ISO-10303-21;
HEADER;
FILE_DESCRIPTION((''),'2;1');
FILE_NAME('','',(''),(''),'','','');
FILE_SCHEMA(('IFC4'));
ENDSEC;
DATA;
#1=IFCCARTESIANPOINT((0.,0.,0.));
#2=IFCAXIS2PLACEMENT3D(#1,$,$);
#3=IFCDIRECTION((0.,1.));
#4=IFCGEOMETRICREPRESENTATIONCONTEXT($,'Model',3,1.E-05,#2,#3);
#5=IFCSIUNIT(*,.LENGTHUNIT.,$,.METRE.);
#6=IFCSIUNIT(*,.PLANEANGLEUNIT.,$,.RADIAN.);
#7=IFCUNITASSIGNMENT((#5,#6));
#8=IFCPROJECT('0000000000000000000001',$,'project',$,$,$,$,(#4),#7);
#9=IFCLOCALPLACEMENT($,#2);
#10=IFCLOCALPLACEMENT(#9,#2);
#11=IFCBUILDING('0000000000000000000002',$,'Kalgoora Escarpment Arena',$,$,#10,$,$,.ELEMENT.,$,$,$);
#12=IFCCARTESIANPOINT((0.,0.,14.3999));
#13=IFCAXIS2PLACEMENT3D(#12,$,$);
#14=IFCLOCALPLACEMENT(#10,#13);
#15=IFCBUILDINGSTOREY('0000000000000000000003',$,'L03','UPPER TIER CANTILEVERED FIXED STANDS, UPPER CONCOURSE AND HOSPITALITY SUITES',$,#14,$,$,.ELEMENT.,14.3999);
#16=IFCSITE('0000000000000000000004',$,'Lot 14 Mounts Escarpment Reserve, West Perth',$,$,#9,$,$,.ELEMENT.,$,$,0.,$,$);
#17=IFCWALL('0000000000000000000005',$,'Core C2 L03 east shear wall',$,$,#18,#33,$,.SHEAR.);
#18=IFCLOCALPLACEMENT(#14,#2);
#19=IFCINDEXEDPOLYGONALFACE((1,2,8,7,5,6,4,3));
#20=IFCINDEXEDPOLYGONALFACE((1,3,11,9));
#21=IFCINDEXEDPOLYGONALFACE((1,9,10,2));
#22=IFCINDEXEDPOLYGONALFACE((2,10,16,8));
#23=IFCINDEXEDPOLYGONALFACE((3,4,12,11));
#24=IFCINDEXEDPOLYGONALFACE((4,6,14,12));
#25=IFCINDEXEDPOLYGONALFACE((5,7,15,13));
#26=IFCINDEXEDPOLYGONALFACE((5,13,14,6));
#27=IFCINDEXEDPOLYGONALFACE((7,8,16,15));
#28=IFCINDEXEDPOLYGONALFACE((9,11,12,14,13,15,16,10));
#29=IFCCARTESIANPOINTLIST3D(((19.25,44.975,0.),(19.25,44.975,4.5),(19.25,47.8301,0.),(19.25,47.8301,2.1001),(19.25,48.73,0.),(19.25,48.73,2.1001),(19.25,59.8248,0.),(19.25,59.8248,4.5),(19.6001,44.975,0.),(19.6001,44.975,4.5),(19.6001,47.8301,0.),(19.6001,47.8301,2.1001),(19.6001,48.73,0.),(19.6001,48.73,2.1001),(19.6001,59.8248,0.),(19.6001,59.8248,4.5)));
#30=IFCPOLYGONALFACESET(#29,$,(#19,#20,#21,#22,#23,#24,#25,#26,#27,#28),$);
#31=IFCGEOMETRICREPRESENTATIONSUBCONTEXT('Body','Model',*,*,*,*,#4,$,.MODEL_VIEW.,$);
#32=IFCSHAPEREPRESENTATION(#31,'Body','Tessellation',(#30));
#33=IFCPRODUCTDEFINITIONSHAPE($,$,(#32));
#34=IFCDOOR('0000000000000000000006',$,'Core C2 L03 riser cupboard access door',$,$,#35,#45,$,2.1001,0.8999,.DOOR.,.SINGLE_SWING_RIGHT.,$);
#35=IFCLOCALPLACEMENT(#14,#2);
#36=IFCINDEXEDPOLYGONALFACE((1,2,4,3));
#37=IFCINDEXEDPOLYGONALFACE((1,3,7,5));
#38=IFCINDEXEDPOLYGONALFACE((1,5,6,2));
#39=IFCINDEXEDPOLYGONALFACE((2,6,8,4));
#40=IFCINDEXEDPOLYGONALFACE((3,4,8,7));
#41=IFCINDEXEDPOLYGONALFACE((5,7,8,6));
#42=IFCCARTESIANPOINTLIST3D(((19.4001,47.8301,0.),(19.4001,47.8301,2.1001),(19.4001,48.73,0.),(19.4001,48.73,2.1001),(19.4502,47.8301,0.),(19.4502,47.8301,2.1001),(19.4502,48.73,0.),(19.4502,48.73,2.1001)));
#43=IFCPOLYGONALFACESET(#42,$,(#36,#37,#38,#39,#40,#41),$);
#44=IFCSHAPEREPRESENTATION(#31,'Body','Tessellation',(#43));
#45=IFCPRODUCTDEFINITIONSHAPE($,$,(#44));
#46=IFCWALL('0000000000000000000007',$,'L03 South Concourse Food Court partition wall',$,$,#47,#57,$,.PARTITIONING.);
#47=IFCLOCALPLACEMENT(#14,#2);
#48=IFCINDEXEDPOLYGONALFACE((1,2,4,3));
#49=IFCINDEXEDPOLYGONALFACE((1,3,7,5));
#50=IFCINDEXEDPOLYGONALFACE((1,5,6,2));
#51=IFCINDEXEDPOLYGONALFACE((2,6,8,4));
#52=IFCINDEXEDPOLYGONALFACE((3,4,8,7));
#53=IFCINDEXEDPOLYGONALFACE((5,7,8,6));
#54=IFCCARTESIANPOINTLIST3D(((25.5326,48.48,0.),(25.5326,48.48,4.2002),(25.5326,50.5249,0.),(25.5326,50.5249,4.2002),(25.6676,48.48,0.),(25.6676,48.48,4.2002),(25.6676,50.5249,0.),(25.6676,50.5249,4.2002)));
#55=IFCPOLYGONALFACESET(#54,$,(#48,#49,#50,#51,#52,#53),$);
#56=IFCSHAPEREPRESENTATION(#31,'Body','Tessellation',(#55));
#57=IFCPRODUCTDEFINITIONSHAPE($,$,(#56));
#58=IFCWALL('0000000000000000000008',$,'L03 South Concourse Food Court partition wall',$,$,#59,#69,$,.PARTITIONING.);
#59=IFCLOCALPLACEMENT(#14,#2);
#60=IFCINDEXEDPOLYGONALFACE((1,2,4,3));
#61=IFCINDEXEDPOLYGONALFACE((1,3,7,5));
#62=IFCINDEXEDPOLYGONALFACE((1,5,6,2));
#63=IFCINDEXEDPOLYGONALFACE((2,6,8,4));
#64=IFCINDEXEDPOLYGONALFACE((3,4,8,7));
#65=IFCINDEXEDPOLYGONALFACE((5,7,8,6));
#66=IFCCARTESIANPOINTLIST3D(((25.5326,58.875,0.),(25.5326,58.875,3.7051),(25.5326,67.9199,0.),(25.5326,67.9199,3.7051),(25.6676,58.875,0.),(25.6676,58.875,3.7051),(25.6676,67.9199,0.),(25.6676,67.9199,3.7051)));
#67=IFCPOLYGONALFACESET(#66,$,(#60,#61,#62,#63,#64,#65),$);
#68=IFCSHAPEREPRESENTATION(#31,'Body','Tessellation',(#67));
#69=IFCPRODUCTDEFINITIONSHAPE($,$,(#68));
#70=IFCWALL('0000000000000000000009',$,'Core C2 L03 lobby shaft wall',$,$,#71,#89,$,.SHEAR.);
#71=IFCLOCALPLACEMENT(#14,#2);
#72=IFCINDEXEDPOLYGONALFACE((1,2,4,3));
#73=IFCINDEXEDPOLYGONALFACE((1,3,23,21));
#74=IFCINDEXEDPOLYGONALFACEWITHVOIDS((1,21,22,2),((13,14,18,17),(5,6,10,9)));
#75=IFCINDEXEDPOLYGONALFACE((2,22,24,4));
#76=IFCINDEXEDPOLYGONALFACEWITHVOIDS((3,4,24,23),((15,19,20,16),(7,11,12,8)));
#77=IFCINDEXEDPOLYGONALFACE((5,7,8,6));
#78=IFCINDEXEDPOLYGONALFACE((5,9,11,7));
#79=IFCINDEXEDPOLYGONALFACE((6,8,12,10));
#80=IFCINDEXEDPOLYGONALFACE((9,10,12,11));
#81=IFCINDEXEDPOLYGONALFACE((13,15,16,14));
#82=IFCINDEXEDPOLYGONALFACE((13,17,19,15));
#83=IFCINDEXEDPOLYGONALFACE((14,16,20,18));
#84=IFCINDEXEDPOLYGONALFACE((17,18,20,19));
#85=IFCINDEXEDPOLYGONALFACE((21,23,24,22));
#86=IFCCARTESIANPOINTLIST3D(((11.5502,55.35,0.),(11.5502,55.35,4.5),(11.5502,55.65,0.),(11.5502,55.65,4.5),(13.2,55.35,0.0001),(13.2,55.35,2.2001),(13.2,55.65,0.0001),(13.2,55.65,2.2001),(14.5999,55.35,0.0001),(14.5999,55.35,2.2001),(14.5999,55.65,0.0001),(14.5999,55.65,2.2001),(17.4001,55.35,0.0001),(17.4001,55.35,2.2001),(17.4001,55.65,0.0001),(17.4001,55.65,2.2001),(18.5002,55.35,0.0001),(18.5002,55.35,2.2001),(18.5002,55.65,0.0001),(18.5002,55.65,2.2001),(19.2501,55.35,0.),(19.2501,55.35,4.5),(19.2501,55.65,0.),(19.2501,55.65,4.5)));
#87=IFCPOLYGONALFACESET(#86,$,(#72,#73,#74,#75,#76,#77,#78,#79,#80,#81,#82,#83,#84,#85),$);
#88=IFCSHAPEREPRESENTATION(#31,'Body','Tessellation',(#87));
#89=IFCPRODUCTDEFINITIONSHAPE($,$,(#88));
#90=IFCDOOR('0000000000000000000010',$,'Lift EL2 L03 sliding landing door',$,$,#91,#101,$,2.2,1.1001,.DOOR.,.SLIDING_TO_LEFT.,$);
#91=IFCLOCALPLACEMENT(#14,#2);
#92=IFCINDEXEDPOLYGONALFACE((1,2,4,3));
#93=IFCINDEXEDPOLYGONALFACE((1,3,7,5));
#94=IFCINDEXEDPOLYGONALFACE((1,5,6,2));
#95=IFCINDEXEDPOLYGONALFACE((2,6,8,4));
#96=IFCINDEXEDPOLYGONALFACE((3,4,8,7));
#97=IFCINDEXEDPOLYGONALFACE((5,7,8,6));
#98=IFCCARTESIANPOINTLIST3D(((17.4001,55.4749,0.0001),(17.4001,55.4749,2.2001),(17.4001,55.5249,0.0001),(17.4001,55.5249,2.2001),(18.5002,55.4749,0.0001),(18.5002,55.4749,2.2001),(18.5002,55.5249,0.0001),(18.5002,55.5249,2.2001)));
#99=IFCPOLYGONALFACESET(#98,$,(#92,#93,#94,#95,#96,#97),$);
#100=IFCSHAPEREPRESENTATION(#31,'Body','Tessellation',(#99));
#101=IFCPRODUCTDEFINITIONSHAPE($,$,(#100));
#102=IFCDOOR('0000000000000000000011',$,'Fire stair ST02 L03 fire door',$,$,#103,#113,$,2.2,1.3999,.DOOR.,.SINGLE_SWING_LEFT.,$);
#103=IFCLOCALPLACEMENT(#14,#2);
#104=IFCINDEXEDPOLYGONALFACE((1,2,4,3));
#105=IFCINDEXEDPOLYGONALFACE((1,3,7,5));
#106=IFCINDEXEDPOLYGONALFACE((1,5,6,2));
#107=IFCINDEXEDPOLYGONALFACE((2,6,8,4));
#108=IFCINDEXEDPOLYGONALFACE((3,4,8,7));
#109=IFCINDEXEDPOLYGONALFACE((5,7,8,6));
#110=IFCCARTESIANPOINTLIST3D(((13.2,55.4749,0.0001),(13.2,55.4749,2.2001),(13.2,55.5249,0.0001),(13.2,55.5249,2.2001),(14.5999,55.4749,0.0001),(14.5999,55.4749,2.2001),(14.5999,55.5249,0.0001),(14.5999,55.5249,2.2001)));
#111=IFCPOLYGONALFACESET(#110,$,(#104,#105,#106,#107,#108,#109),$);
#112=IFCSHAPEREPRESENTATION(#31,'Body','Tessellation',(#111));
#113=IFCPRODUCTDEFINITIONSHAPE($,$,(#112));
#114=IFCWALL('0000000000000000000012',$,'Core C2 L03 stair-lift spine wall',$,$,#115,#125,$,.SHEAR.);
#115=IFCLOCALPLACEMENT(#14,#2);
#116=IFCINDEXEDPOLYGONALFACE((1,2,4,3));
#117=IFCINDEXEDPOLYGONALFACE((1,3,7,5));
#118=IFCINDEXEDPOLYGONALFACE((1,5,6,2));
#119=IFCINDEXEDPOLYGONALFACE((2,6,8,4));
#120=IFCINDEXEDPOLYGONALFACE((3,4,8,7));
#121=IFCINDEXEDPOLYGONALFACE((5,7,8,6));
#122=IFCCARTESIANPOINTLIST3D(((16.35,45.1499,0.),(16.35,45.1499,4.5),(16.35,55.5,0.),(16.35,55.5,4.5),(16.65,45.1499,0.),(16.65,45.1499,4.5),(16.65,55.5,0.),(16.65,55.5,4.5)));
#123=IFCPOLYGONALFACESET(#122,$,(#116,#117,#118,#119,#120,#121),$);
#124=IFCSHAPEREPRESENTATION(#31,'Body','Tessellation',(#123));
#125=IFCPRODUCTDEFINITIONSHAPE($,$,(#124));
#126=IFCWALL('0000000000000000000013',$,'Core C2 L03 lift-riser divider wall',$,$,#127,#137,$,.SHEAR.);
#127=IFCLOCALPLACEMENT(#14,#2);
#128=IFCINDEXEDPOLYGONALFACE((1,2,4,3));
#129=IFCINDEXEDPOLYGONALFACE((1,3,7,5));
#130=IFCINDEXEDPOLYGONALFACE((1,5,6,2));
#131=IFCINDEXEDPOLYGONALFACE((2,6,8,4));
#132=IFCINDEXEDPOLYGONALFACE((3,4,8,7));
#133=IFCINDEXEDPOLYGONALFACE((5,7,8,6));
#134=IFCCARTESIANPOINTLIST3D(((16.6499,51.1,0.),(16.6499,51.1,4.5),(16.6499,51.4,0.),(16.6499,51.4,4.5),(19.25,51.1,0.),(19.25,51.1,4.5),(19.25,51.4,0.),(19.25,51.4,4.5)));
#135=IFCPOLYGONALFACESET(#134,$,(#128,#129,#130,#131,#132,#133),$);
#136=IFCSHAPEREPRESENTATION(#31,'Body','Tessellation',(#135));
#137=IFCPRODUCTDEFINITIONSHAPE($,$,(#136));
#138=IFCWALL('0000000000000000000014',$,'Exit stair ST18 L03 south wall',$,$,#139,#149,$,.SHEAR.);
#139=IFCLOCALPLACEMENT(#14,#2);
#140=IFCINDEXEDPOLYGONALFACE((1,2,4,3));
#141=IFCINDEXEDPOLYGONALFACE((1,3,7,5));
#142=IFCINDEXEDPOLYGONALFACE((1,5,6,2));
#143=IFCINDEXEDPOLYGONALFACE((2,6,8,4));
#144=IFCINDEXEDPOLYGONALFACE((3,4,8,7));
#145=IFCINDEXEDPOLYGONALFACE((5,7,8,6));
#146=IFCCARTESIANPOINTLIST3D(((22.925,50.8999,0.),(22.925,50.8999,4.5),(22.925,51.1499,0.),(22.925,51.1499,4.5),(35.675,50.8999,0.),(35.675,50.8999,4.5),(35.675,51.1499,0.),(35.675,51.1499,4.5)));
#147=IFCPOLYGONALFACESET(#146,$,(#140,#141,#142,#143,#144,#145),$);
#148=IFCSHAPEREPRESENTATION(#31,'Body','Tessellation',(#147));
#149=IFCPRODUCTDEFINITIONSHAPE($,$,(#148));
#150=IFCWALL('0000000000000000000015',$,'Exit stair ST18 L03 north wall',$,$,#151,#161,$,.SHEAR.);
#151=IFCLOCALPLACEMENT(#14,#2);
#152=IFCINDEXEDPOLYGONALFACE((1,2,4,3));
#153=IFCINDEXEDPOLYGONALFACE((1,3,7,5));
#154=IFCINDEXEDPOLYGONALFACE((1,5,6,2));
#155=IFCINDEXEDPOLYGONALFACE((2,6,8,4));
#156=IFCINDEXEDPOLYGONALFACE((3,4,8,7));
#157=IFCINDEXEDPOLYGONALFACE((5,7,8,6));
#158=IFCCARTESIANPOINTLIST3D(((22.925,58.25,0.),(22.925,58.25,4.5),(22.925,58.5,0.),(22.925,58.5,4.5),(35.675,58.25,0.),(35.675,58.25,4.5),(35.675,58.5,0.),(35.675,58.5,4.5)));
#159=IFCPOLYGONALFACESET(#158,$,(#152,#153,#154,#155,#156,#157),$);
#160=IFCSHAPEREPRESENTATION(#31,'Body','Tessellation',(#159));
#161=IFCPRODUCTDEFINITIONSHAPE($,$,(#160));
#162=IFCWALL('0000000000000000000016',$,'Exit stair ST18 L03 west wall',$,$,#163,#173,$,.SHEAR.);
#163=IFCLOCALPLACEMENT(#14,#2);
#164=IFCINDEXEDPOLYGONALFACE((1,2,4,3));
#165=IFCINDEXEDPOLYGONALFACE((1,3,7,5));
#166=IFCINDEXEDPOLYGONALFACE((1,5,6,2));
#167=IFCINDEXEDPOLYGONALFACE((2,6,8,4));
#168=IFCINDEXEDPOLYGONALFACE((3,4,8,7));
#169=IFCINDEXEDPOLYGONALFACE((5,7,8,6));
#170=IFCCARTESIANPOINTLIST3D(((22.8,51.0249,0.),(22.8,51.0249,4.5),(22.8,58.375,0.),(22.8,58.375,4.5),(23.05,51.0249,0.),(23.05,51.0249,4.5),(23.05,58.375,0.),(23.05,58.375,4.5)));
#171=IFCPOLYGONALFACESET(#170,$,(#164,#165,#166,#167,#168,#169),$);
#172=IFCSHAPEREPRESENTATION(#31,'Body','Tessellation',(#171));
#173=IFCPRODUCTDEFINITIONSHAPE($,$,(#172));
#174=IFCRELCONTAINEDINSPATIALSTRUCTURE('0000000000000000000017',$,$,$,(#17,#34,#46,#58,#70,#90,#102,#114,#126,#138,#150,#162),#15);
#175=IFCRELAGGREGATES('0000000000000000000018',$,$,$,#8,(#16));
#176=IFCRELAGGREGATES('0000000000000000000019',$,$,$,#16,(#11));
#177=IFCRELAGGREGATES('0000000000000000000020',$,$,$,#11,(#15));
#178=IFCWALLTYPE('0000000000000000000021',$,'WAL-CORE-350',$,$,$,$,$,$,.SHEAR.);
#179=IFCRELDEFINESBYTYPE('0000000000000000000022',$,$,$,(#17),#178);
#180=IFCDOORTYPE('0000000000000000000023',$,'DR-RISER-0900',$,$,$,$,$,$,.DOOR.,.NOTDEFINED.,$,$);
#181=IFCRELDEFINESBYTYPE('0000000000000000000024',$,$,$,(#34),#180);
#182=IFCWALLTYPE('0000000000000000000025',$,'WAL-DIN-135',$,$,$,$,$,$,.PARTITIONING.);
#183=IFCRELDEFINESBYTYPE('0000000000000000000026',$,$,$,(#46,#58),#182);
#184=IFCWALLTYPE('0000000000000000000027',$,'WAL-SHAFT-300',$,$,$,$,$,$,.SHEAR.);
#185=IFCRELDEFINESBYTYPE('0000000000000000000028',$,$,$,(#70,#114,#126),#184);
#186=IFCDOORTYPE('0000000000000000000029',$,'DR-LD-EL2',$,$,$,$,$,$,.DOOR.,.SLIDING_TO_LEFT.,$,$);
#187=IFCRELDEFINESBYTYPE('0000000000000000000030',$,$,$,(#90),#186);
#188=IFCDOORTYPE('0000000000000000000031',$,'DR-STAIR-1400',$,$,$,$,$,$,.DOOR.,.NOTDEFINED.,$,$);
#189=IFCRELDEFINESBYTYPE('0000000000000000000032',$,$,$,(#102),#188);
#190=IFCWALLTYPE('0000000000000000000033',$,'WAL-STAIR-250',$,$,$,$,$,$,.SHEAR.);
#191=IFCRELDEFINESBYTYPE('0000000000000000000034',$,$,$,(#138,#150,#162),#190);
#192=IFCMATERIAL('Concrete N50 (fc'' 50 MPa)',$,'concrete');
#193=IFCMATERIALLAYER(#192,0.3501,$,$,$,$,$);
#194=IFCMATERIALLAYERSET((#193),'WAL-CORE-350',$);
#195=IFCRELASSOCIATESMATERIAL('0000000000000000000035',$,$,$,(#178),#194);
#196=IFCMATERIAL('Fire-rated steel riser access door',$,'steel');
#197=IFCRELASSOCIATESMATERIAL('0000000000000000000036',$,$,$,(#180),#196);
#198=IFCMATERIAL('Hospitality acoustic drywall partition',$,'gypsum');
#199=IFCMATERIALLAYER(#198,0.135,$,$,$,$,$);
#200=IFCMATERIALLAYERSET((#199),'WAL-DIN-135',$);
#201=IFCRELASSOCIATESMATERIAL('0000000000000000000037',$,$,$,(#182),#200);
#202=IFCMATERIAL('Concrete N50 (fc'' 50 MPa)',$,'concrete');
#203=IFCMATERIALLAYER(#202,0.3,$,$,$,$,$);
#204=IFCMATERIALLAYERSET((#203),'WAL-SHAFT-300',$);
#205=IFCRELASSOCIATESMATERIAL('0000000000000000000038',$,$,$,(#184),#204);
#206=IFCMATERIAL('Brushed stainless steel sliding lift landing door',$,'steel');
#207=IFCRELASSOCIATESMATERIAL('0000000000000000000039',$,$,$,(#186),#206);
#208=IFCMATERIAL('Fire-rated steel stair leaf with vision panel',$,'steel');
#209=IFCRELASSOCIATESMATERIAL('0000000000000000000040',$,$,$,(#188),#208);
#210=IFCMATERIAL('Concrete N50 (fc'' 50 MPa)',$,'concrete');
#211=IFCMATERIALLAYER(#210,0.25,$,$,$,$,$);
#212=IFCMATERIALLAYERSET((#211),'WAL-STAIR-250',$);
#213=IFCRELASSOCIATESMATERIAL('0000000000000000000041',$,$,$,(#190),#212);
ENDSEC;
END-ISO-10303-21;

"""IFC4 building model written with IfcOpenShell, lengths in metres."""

from ifc_helpers import new_model, si_unit, direction, frame, frame_2d, origin, place, context, subcontext, project, spatial, rectangle, extrude, material, layer, layer_set, type_object, element, fill, save


model = new_model("IFC4")

# Units and contexts
model_context = context("Model", 3, precision=1e-05, world=origin(), true_north=direction((0.0, 1.0)))
body_context = subcontext(model_context, "Body", "Model", "MODEL_VIEW")
ifc_project = project(units=[si_unit("LENGTHUNIT", "METRE"), si_unit("PLANEANGLEUNIT", "RADIAN")], contexts=[model_context])

# Site, building, storey
site_placement = place(None, origin())
site = spatial("IfcSite", under=ifc_project, at=site_placement, Name="Lot 14 Mounts Escarpment Reserve, West Perth", CompositionType="ELEMENT", RefElevation=0.0)
building_placement = place(site_placement, origin())
building = spatial("IfcBuilding", under=site, at=building_placement, Name="Kalgoora Escarpment Arena", CompositionType="ELEMENT")
storey_placement = place(building_placement, frame((0.0, 0.0, 14.3999)))
storey = spatial("IfcBuildingStorey", under=building, at=storey_placement, Name="L03", Description="UPPER TIER CANTILEVERED FIXED STANDS, UPPER CONCOURSE AND HOSPITALITY SUITES", CompositionType="ELEMENT", Elevation=14.3999)

# Shared definitions
ifc_material_1 = material(Name="Concrete N50 (fc' 50 MPa)", Category="concrete")
ifc_layer_1 = layer(ifc_material_1, 0.3501)
ifc_layer_set_1 = layer_set([ifc_layer_1], Name="WAL-CORE-350")
wall_type_1 = type_object("IfcWallType", Name="WAL-CORE-350", PredefinedType="SHEAR", material=ifc_layer_set_1)

# Wall, opening, door
wall_1_placement = place(storey_placement, frame((19.425, 44.9751, 0.0), z_axis=(0.0, 0.0, 1.0), x_axis=(0.0, 1.0, 0.0)))
wall_1 = element("IfcWall", 1, at=wall_1_placement, inside=storey, type_object=wall_type_1, Name="Core C2 L03 east shear wall", PredefinedType="SHEAR", context=body_context, shape_type="SweptSolid", body=[
    extrude(rectangle(XDim=14.8499, YDim=0.3501, at=frame_2d((7.4248, 0.0))), origin(), (0.0, 0.0, 1.0), 4.5),
])
opening_1_placement = place(wall_1_placement, frame((2.855, 0.0, 0.0)))
opening_1 = element("IfcOpeningElement", 2, at=opening_1_placement, cuts=wall_1, PredefinedType="OPENING", context=body_context, shape_type="SweptSolid", body=[
    extrude(rectangle(XDim=0.8999, YDim=2.1001, at=frame_2d((0.45, 1.05))), frame((0.0, 0.1851, 0.0), z_axis=(0.0, -1.0, 0.0), x_axis=(1.0, 0.0, 0.0)), (0.0, 0.0, 1.0), 0.3701),
])
ifc_material_2 = material(Name="Fire-rated steel riser access door", Category="steel")
door_type_1 = type_object("IfcDoorType", Name="DR-RISER-0900", OperationType="NOTDEFINED", PredefinedType="DOOR", material=ifc_material_2)
door_1_placement = place(opening_1_placement, origin())
door_1 = element("IfcDoor", 3, at=door_1_placement, inside=storey, type_object=door_type_1, Name="Core C2 L03 riser cupboard access door", OperationType="SINGLE_SWING_RIGHT", OverallHeight=2.1001, OverallWidth=0.8999, PredefinedType="DOOR", context=body_context, shape_type="SweptSolid", body=[
    extrude(rectangle(XDim=0.8999, YDim=2.1001, at=frame_2d((0.45, 1.05))), frame((0.0, 0.0249, 0.0), z_axis=(0.0, -1.0, 0.0), x_axis=(1.0, 0.0, 0.0)), (0.0, 0.0, 1.0), 0.05),
])
fill(opening_1, door_1)

# Walls
ifc_material_3 = material(Name="Hospitality acoustic drywall partition", Category="gypsum")
ifc_layer_2 = layer(ifc_material_3, 0.135)
ifc_layer_set_2 = layer_set([ifc_layer_2], Name="WAL-DIN-135")
wall_type_2 = type_object("IfcWallType", Name="WAL-DIN-135", PredefinedType="PARTITIONING", material=ifc_layer_set_2)
wall_2_placement = place(storey_placement, frame((25.6001, 48.48, 0.0), z_axis=(0.0, 0.0, 1.0), x_axis=(0.0, 1.0, 0.0)))
element("IfcWall", 4, at=wall_2_placement, inside=storey, type_object=wall_type_2, Name="L03 South Concourse Food Court partition wall", PredefinedType="PARTITIONING", context=body_context, shape_type="SweptSolid", body=[
    extrude(rectangle(XDim=2.0449, YDim=0.135, at=frame_2d((1.0225, 0.0))), origin(), (0.0, 0.0, 1.0), 4.2002),
])
wall_3_placement = place(storey_placement, frame((25.6001, 58.875, 0.0), z_axis=(0.0, 0.0, 1.0), x_axis=(0.0, 1.0, 0.0)))
element("IfcWall", 5, at=wall_3_placement, inside=storey, type_object=wall_type_2, Name="L03 South Concourse Food Court partition wall", PredefinedType="PARTITIONING", context=body_context, shape_type="SweptSolid", body=[
    extrude(rectangle(XDim=9.0449, YDim=0.135, at=frame_2d((4.5225, 0.0))), origin(), (0.0, 0.0, 1.0), 3.7051),
])

# Wall, openings, doors
ifc_material_4 = material(Name="Concrete N50 (fc' 50 MPa)", Category="concrete")
ifc_layer_3 = layer(ifc_material_4, 0.3)
ifc_layer_set_3 = layer_set([ifc_layer_3], Name="WAL-SHAFT-300")
wall_type_3 = type_object("IfcWallType", Name="WAL-SHAFT-300", PredefinedType="SHEAR", material=ifc_layer_set_3)
wall_4_placement = place(storey_placement, frame((11.55, 55.5, 0.0), z_axis=(0.0, 0.0, 1.0), x_axis=(1.0, 0.0, 0.0)))
wall_4 = element("IfcWall", 6, at=wall_4_placement, inside=storey, type_object=wall_type_3, Name="Core C2 L03 lobby shaft wall", PredefinedType="SHEAR", context=body_context, shape_type="SweptSolid", body=[
    extrude(rectangle(XDim=7.7, YDim=0.3, at=frame_2d((3.8501, 0.0))), origin(), (0.0, 0.0, 1.0), 4.5),
])
opening_2_placement = place(wall_4_placement, frame((1.6499, 0.0, 0.0)))
opening_2 = element("IfcOpeningElement", 7, at=opening_2_placement, cuts=wall_4, PredefinedType="OPENING", context=body_context, shape_type="SweptSolid", body=[
    extrude(rectangle(XDim=1.3999, YDim=2.2, at=frame_2d((0.7, 1.1001))), frame((0.0, 0.1599, 0.0), z_axis=(0.0, -1.0, 0.0), x_axis=(1.0, 0.0, 0.0)), (0.0, 0.0, 1.0), 0.3201),
])
opening_3_placement = place(wall_4_placement, frame((5.8501, 0.0, 0.0)))
opening_3 = element("IfcOpeningElement", 8, at=opening_3_placement, cuts=wall_4, PredefinedType="OPENING", context=body_context, shape_type="SweptSolid", body=[
    extrude(rectangle(XDim=1.1001, YDim=2.2, at=frame_2d((0.55, 1.1001))), frame((0.0, 0.1599, 0.0), z_axis=(0.0, -1.0, 0.0), x_axis=(1.0, 0.0, 0.0)), (0.0, 0.0, 1.0), 0.3201),
])
ifc_material_5 = material(Name="Brushed stainless steel sliding lift landing door", Category="steel")
door_type_2 = type_object("IfcDoorType", Name="DR-LD-EL2", OperationType="SLIDING_TO_LEFT", PredefinedType="DOOR", material=ifc_material_5)
door_2_placement = place(opening_3_placement, origin())
door_2 = element("IfcDoor", 9, at=door_2_placement, inside=storey, type_object=door_type_2, Name="Lift EL2 L03 sliding landing door", OperationType="SLIDING_TO_LEFT", OverallHeight=2.2, OverallWidth=1.1001, PredefinedType="DOOR", context=body_context, shape_type="SweptSolid", body=[
    extrude(rectangle(XDim=1.1001, YDim=2.2, at=frame_2d((0.55, 1.1001))), frame((0.0, 0.0249, 0.0), z_axis=(0.0, -1.0, 0.0), x_axis=(1.0, 0.0, 0.0)), (0.0, 0.0, 1.0), 0.05),
])
fill(opening_3, door_2)
ifc_material_6 = material(Name="Fire-rated steel stair leaf with vision panel", Category="steel")
door_type_3 = type_object("IfcDoorType", Name="DR-STAIR-1400", OperationType="NOTDEFINED", PredefinedType="DOOR", material=ifc_material_6)
door_3_placement = place(opening_2_placement, origin())
door_3 = element("IfcDoor", 10, at=door_3_placement, inside=storey, type_object=door_type_3, Name="Fire stair ST02 L03 fire door", OperationType="SINGLE_SWING_LEFT", OverallHeight=2.2, OverallWidth=1.3999, PredefinedType="DOOR", context=body_context, shape_type="SweptSolid", body=[
    extrude(rectangle(XDim=1.3999, YDim=2.2, at=frame_2d((0.7, 1.1001))), frame((0.0, 0.0249, 0.0), z_axis=(0.0, -1.0, 0.0), x_axis=(1.0, 0.0, 0.0)), (0.0, 0.0, 1.0), 0.05),
])
fill(opening_2, door_3)

# Walls
wall_5_placement = place(storey_placement, frame((16.5, 45.1499, 0.0), z_axis=(0.0, 0.0, 1.0), x_axis=(0.0, 1.0, 0.0)))
element("IfcWall", 11, at=wall_5_placement, inside=storey, type_object=wall_type_3, Name="Core C2 L03 stair-lift spine wall", PredefinedType="SHEAR", context=body_context, shape_type="SweptSolid", body=[
    extrude(rectangle(XDim=10.3501, YDim=0.3, at=frame_2d((5.175, 0.0))), origin(), (0.0, 0.0, 1.0), 4.5),
])
wall_6_placement = place(storey_placement, frame((16.6499, 51.25, 0.0), z_axis=(0.0, 0.0, 1.0), x_axis=(1.0, 0.0, 0.0)))
element("IfcWall", 12, at=wall_6_placement, inside=storey, type_object=wall_type_3, Name="Core C2 L03 lift-riser divider wall", PredefinedType="SHEAR", context=body_context, shape_type="SweptSolid", body=[
    extrude(rectangle(XDim=2.6001, YDim=0.3, at=frame_2d((1.3, 0.0))), origin(), (0.0, 0.0, 1.0), 4.5),
])
ifc_material_7 = material(Name="Concrete N50 (fc' 50 MPa)", Category="concrete")
ifc_layer_4 = layer(ifc_material_7, 0.25)
ifc_layer_set_4 = layer_set([ifc_layer_4], Name="WAL-STAIR-250")
wall_type_4 = type_object("IfcWallType", Name="WAL-STAIR-250", PredefinedType="SHEAR", material=ifc_layer_set_4)
for number, where, z_axis, x_axis, name in (
    (13, (22.925, 51.0249, 0.0), (0.0, 0.0, 1.0), (1.0, 0.0, 0.0), "Exit stair ST18 L03 south wall"),
    (14, (22.925, 58.375, 0.0), (0.0, 0.0, 1.0), (1.0, 0.0, 0.0), "Exit stair ST18 L03 north wall"),
):
    element("IfcWall", number, at=place(storey_placement, frame(where, z_axis=z_axis, x_axis=x_axis)), inside=storey, type_object=wall_type_4, Name=name, PredefinedType="SHEAR", context=body_context, shape_type="SweptSolid", body=[
        extrude(rectangle(XDim=12.75, YDim=0.25, at=frame_2d((6.375, 0.0))), origin(), (0.0, 0.0, 1.0), 4.5),
    ])
wall_7_placement = place(storey_placement, frame((22.925, 51.0249, 0.0), z_axis=(0.0, 0.0, 1.0), x_axis=(0.0, 1.0, 0.0)))
element("IfcWall", 15, at=wall_7_placement, inside=storey, type_object=wall_type_4, Name="Exit stair ST18 L03 west wall", PredefinedType="SHEAR", context=body_context, shape_type="SweptSolid", body=[
    extrude(rectangle(XDim=7.3501, YDim=0.25, at=frame_2d((3.675, 0.0))), origin(), (0.0, 0.0, 1.0), 4.5),
])

save(model, "model.ifc")
